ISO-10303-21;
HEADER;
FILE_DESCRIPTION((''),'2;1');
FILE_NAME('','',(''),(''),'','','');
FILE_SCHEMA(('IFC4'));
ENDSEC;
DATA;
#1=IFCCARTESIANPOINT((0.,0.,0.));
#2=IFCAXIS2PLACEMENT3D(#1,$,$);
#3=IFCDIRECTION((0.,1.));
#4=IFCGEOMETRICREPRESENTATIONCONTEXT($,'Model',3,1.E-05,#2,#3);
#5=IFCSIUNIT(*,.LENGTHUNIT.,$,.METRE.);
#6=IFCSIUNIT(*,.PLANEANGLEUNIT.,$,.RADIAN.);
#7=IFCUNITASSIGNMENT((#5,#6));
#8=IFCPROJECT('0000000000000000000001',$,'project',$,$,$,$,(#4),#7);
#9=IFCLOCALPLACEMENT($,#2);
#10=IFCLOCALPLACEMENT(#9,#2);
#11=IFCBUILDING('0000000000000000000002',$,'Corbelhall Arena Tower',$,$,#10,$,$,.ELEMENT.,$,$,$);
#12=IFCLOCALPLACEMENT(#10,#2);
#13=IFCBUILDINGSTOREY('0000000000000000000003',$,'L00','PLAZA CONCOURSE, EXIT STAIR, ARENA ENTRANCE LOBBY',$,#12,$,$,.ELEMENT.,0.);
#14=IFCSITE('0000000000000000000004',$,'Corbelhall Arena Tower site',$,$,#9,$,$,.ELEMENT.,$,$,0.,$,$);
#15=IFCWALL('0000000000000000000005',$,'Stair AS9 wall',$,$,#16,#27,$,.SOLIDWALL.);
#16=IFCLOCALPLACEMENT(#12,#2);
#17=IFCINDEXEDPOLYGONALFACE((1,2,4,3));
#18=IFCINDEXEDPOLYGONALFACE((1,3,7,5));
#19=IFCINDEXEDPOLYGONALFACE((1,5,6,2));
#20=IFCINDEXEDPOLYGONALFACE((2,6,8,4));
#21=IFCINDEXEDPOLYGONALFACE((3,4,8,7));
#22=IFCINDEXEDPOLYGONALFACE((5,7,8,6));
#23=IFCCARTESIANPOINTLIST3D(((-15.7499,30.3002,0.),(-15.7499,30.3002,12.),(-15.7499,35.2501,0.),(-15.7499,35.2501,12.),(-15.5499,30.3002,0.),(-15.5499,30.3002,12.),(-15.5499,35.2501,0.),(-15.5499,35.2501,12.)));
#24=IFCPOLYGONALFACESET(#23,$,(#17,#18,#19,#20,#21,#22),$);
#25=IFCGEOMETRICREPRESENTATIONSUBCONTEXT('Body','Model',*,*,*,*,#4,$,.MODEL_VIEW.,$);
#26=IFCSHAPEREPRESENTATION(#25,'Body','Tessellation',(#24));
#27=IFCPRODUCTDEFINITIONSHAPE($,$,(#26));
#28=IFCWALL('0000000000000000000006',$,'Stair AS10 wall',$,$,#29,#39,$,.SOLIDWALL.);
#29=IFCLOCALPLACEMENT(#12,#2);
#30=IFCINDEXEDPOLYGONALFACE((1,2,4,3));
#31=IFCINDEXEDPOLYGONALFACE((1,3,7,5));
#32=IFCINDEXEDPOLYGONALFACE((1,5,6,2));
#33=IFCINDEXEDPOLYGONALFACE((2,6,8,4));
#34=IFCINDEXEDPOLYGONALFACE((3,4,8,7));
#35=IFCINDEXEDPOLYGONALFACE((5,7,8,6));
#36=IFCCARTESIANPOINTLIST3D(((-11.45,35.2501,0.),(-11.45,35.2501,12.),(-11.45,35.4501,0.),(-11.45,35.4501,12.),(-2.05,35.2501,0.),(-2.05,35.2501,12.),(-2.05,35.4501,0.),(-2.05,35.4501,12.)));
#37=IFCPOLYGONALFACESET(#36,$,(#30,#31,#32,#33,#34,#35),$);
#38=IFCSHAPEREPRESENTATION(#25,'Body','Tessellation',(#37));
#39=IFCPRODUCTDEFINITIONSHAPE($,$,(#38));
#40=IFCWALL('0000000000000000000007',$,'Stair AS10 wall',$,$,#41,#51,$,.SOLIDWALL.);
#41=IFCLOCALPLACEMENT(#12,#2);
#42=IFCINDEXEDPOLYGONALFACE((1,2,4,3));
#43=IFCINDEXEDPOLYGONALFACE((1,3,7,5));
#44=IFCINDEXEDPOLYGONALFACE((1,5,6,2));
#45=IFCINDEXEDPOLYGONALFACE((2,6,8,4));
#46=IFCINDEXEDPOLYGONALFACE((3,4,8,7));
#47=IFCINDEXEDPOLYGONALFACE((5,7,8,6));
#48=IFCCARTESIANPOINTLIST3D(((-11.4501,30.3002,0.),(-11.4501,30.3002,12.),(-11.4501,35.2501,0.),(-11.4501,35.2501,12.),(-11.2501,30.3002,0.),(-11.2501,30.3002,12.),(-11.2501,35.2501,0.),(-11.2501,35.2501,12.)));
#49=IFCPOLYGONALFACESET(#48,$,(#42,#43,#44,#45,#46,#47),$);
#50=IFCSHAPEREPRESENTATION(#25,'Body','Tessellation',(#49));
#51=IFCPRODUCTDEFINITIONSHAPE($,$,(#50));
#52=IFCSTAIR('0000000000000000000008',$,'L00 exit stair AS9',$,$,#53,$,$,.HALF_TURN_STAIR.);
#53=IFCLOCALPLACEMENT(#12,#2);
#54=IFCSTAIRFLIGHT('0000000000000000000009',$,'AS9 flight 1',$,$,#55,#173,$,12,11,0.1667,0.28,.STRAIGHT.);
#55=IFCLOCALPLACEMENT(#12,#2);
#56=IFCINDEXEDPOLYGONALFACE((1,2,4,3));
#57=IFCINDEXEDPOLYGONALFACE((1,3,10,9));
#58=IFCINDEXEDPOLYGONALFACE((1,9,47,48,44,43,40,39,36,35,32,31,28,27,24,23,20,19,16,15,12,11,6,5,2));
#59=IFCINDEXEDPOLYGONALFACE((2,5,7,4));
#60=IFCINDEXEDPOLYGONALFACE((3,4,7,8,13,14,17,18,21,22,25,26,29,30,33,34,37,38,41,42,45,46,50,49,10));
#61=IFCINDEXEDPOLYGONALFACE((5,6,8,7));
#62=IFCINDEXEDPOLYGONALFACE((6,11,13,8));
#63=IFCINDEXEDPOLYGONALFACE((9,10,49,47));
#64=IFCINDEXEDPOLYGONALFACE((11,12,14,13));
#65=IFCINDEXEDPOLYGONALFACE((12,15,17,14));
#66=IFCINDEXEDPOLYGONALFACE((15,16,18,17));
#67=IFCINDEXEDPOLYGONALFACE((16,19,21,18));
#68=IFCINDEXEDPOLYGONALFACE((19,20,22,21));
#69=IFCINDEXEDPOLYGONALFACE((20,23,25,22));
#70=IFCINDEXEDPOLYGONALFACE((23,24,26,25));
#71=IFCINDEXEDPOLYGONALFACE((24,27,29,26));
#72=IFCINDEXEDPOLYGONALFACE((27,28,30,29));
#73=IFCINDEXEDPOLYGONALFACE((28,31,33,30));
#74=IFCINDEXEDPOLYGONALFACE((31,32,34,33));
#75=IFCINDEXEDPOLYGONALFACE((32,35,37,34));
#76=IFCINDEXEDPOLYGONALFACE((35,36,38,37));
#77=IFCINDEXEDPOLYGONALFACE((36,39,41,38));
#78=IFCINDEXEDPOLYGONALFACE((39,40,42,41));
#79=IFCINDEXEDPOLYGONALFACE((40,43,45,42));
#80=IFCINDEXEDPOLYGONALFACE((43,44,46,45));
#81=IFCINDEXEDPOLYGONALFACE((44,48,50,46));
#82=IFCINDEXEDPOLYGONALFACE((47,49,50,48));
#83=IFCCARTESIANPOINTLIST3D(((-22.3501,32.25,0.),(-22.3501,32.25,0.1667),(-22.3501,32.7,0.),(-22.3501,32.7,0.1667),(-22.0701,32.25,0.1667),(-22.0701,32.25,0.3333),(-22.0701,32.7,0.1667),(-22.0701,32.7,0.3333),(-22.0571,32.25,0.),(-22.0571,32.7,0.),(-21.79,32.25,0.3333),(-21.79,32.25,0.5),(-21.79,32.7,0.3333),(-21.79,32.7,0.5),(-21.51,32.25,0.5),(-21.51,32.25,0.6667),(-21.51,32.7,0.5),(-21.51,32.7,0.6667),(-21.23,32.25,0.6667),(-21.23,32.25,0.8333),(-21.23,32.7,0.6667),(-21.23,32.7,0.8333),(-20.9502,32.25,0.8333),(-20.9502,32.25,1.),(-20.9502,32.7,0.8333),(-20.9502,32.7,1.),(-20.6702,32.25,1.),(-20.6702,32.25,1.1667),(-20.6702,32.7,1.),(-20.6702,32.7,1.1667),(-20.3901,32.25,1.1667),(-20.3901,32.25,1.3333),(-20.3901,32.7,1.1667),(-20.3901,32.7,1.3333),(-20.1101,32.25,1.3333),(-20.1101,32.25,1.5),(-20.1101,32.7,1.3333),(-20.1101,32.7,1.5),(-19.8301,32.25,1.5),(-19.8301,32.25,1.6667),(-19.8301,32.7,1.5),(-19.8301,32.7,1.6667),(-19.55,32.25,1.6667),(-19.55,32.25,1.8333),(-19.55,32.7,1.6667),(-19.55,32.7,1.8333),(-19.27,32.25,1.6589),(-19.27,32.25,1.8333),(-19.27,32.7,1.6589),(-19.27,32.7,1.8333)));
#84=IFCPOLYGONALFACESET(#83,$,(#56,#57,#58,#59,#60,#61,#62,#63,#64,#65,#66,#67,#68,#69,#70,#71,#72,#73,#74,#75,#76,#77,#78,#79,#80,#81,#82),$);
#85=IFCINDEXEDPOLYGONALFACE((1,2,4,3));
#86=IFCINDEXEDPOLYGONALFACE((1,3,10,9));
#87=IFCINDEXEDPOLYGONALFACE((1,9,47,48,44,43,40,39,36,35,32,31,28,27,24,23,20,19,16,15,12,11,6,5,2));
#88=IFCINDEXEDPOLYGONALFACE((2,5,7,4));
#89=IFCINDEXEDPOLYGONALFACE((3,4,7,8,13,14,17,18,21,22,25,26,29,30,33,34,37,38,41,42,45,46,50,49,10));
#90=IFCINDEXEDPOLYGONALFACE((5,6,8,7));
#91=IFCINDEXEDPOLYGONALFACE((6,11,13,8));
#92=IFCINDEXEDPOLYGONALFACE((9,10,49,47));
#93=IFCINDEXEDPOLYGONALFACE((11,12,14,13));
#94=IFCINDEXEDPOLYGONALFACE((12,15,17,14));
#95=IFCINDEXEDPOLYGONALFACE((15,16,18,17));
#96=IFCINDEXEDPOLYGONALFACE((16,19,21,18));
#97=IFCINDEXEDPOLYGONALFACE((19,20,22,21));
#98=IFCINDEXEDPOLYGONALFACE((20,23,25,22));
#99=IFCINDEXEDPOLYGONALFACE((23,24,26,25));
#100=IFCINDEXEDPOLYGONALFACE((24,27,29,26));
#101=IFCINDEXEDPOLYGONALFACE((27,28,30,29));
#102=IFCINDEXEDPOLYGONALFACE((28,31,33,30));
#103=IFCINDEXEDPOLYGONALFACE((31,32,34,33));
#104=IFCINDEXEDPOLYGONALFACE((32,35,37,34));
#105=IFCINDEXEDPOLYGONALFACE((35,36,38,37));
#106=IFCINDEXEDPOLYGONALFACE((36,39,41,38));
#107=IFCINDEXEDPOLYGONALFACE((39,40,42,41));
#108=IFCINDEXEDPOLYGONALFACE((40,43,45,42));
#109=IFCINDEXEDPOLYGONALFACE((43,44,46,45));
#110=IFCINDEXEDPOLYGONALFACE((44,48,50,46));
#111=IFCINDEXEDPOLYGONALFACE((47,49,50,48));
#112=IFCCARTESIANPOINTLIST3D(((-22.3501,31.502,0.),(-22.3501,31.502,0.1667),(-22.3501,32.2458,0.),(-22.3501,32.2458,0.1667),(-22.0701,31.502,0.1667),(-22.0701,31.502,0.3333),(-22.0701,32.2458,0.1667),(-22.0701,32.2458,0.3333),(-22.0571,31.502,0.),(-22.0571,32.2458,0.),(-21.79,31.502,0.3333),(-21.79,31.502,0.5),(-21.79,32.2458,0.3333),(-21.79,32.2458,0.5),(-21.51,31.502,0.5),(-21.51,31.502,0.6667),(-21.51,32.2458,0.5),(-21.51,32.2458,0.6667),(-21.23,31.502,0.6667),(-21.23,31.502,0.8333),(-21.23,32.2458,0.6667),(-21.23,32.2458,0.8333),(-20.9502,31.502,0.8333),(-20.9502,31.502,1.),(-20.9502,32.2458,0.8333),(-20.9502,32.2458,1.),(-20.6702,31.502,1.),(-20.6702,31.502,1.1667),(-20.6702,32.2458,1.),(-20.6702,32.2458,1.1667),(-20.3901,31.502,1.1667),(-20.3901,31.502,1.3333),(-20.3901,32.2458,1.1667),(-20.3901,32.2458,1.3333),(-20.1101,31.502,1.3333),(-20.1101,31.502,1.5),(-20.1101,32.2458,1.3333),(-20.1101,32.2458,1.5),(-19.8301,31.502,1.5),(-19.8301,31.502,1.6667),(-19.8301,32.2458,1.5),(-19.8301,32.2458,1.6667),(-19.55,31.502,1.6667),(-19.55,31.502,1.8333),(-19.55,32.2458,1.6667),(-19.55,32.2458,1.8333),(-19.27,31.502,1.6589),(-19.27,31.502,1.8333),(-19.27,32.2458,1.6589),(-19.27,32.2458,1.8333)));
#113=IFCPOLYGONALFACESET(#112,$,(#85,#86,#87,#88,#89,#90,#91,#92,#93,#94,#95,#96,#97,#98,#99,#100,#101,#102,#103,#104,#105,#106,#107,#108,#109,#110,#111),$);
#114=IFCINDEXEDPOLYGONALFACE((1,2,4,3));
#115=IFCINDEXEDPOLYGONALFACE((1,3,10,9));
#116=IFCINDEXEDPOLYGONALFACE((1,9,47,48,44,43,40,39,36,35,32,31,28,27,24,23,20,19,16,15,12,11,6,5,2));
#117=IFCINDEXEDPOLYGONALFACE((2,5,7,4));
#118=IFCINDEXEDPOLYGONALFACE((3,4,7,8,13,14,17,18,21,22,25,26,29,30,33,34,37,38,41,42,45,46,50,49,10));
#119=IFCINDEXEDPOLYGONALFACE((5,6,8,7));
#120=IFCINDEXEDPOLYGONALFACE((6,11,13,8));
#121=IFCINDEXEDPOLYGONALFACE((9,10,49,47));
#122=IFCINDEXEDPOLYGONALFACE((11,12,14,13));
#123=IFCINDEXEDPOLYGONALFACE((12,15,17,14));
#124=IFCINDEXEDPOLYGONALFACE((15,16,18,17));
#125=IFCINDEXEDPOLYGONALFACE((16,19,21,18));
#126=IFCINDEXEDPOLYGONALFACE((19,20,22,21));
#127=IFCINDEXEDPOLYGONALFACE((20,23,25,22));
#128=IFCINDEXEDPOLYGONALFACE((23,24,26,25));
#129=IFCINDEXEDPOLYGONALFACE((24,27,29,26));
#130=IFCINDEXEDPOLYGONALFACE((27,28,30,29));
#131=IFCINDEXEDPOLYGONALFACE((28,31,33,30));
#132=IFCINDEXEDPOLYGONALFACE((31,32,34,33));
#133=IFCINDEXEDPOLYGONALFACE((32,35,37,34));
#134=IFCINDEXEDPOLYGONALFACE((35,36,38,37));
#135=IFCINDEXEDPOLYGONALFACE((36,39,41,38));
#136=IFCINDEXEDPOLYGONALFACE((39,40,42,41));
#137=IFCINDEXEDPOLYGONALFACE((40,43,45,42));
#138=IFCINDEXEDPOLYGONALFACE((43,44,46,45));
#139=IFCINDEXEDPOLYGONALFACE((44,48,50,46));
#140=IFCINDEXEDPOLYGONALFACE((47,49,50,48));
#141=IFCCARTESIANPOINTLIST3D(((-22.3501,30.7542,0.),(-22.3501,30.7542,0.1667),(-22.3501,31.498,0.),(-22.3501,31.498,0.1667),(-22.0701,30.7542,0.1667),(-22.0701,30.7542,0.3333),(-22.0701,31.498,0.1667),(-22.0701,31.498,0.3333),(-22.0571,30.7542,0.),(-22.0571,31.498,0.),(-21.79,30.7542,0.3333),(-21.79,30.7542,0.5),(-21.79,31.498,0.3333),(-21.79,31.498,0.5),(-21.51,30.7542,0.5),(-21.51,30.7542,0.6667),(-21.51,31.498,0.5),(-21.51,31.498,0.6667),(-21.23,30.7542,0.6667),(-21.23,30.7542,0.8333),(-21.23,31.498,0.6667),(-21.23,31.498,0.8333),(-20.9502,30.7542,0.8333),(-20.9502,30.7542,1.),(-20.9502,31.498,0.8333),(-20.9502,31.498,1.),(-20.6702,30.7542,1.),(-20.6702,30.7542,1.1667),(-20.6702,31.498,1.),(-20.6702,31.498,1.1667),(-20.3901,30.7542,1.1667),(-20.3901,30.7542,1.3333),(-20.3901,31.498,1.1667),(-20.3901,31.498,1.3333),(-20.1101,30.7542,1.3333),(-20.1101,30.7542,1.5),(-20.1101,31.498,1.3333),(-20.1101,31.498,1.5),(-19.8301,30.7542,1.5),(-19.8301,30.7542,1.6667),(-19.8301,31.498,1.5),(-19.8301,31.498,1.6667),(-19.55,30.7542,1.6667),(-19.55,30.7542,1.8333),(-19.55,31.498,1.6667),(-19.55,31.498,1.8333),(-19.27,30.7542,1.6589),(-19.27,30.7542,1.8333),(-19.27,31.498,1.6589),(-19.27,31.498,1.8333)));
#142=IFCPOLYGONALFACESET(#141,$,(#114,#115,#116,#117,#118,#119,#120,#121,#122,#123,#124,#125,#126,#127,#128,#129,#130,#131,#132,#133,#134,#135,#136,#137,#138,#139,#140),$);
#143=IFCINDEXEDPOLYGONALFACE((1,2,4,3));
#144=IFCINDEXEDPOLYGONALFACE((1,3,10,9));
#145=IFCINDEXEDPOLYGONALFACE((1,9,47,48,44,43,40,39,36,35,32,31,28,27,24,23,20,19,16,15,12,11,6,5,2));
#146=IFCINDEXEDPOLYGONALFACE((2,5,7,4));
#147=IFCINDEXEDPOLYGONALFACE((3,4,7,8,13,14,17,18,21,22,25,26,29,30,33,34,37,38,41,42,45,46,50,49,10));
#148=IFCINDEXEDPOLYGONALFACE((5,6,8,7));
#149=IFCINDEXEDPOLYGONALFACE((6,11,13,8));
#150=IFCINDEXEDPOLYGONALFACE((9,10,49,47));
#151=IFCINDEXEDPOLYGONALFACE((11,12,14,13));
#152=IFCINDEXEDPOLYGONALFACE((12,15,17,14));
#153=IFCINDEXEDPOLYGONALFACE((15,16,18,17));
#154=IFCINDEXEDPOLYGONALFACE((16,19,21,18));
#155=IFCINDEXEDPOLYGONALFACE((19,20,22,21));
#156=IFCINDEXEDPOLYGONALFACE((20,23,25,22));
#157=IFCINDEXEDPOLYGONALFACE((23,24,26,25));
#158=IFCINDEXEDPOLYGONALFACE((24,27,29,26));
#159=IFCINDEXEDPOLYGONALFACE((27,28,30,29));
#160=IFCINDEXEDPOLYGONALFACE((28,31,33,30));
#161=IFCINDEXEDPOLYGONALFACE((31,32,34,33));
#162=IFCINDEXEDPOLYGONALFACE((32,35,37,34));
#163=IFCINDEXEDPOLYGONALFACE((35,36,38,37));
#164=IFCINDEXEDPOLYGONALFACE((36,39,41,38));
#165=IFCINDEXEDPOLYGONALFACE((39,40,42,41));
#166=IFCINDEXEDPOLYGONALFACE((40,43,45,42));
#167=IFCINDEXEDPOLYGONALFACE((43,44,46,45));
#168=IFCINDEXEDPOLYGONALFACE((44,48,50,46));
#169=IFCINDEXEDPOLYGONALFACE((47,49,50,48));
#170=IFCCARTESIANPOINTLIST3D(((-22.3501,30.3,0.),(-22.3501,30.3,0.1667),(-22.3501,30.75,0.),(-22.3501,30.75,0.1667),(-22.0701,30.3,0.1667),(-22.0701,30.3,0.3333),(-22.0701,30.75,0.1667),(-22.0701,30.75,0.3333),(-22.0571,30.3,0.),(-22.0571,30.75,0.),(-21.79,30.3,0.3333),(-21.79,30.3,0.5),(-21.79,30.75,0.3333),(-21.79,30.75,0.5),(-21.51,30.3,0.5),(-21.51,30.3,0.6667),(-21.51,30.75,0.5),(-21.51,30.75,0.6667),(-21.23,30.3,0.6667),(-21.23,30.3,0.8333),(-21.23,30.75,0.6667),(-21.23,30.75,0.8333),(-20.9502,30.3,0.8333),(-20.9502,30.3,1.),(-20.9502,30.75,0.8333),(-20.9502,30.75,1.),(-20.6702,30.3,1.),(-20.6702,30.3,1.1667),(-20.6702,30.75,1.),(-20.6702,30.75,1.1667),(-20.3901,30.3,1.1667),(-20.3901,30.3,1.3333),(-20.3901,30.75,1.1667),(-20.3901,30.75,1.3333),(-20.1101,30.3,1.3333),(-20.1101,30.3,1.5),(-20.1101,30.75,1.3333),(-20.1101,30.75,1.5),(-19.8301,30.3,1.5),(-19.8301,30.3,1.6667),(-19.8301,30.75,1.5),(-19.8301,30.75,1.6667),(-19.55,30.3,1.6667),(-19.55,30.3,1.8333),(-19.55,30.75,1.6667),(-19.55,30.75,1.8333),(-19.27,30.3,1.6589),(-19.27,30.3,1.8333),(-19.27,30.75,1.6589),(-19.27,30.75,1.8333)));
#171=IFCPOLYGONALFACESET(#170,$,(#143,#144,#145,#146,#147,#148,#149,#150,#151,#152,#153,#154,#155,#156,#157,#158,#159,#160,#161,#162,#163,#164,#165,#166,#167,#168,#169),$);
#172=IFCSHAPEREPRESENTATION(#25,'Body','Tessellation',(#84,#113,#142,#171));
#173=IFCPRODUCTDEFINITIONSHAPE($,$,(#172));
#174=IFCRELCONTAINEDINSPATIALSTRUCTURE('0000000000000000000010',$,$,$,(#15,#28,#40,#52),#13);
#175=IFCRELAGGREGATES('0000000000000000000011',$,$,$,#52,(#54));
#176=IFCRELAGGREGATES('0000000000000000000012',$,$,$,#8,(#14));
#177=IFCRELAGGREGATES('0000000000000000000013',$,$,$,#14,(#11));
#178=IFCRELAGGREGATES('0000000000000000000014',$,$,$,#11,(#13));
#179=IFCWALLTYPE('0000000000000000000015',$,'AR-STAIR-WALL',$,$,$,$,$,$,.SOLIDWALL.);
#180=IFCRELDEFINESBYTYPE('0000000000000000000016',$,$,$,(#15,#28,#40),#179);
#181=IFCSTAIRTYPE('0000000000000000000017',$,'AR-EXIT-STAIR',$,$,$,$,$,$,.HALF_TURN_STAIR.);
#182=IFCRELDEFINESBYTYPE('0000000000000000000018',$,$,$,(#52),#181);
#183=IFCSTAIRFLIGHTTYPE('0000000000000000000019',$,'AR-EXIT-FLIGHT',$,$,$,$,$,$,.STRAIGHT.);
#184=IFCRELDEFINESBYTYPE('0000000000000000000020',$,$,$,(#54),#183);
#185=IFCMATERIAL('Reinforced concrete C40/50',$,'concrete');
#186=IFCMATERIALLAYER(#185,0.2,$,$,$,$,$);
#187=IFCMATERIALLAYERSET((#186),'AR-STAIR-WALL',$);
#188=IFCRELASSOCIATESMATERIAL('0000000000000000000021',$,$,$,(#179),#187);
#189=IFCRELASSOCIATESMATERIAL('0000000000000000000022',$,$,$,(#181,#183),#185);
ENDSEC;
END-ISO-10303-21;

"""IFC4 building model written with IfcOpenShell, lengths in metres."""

from ifc_helpers import new_model, si_unit, direction, frame, frame_2d, origin, place, context, subcontext, project, spatial, polyline, rectangle, outline, extrude, material, layer, layer_set, type_object, element, aggregate, save


model = new_model("IFC4")

# Units and contexts
model_context = context("Model", 3, precision=1e-05, world=origin(), true_north=direction((0.0, 1.0)))
body_context = subcontext(model_context, "Body", "Model", "MODEL_VIEW")
ifc_project = project(units=[si_unit("LENGTHUNIT", "METRE"), si_unit("PLANEANGLEUNIT", "RADIAN")], contexts=[model_context])

# Site, building, storey
site_placement = place(None, origin())
site = spatial("IfcSite", under=ifc_project, at=site_placement, Name="Corbelhall Arena Tower site", CompositionType="ELEMENT", RefElevation=0.0)
building_placement = place(site_placement, origin())
building = spatial("IfcBuilding", under=site, at=building_placement, Name="Corbelhall Arena Tower", CompositionType="ELEMENT")
storey_placement = place(building_placement, origin())
storey = spatial("IfcBuildingStorey", under=building, at=storey_placement, Name="L00", Description="PLAZA CONCOURSE, EXIT STAIR, ARENA ENTRANCE LOBBY", CompositionType="ELEMENT", Elevation=0.0)

# Shared definitions
ifc_material_1 = material(Name="Reinforced concrete C40/50", Category="concrete")
ifc_layer = layer(ifc_material_1, 0.2)
ifc_layer_set = layer_set([ifc_layer], Name="AR-STAIR-WALL")
wall_type = type_object("IfcWallType", Name="AR-STAIR-WALL", PredefinedType="SOLIDWALL", material=ifc_layer_set)

# Walls
wall_1_placement = place(storey_placement, frame((-15.6499, 30.3, 0.0), z_axis=(0.0, 0.0, 1.0), x_axis=(0.0, 1.0, 0.0)))
element("IfcWall", 1, at=wall_1_placement, inside=storey, type_object=wall_type, Name="Stair AS9 wall", PredefinedType="SOLIDWALL", context=body_context, shape_type="SweptSolid", body=[
    extrude(rectangle(XDim=4.95, YDim=0.2, at=frame_2d((2.4751, 0.0))), origin(), (0.0, 0.0, 1.0), 12.0),
])
wall_2_placement = place(storey_placement, frame((-11.45, 35.3501, 0.0), z_axis=(0.0, 0.0, 1.0), x_axis=(1.0, 0.0, 0.0)))
element("IfcWall", 2, at=wall_2_placement, inside=storey, type_object=wall_type, Name="Stair AS10 wall", PredefinedType="SOLIDWALL", context=body_context, shape_type="SweptSolid", body=[
    extrude(rectangle(XDim=9.3999, YDim=0.2, at=frame_2d((4.7, 0.0))), origin(), (0.0, 0.0, 1.0), 12.0),
])
wall_3_placement = place(storey_placement, frame((-11.3501, 30.3, 0.0), z_axis=(0.0, 0.0, 1.0), x_axis=(0.0, 1.0, 0.0)))
element("IfcWall", 3, at=wall_3_placement, inside=storey, type_object=wall_type, Name="Stair AS10 wall", PredefinedType="SOLIDWALL", context=body_context, shape_type="SweptSolid", body=[
    extrude(rectangle(XDim=4.95, YDim=0.2, at=frame_2d((2.4751, 0.0))), origin(), (0.0, 0.0, 1.0), 12.0),
])

# Stair, stair flight
stair_type = type_object("IfcStairType", Name="AR-EXIT-STAIR", PredefinedType="HALF_TURN_STAIR", material=ifc_material_1)
stair_placement = place(storey_placement, origin())
stair = element("IfcStair", 4, at=stair_placement, inside=storey, type_object=stair_type, Name="L00 exit stair AS9", PredefinedType="HALF_TURN_STAIR")
stair_flight_type = type_object("IfcStairFlightType", Name="AR-EXIT-FLIGHT", PredefinedType="STRAIGHT", material=ifc_material_1)
stair_flight_1_placement = place(storey_placement, frame((-22.3501, 31.5, 0.0), z_axis=(0.0, 0.0, 1.0), x_axis=(1.0, 0.0, 0.0)))
stair_flight_1 = element("IfcStairFlight", 5, at=stair_flight_1_placement, type_object=stair_flight_type, Name="AS9 flight 1", NumberOfRisers=12, NumberOfTreads=11, PredefinedType="STRAIGHT", RiserHeight=0.1667, TreadLength=0.28, context=body_context, shape_type="SweptSolid", body=[
    extrude(outline(polyline([(0.0, 0.0), (0.0, 0.1667), (0.28, 0.1667), (0.28, 0.3333), (0.5601, 0.3333), (0.5601, 0.5), (0.8401, 0.5), (0.8401, 0.6667), (1.1201, 0.6667), (1.1201, 0.8333), (1.3999, 0.8333), (1.3999, 1.0), (1.6799, 1.0), (1.6799, 1.1667), (1.96, 1.1667), (1.96, 1.3333), (2.24, 1.3333), (2.24, 1.5), (2.52, 1.5), (2.52, 1.6667), (2.8, 1.6667), (2.8, 1.8333), (3.0801, 1.8333), (3.0801, 2.0), (3.0801, 1.6589), (0.293, 0.0), (0.0, 0.0)])), frame((0.0, 1.2, 0.0), z_axis=(0.0, -1.0, 0.0), x_axis=(1.0, 0.0, 0.0)), (0.0, 0.0, 1.0), 0.45),
    extrude(outline(polyline([(0.0, 0.0), (0.0, 0.1667), (0.28, 0.1667), (0.28, 0.3333), (0.5601, 0.3333), (0.5601, 0.5), (0.8401, 0.5), (0.8401, 0.6667), (1.1201, 0.6667), (1.1201, 0.8333), (1.3999, 0.8333), (1.3999, 1.0), (1.6799, 1.0), (1.6799, 1.1667), (1.96, 1.1667), (1.96, 1.3333), (2.24, 1.3333), (2.24, 1.5), (2.52, 1.5), (2.52, 1.6667), (2.8, 1.6667), (2.8, 1.8333), (3.0801, 1.8333), (3.0801, 2.0), (3.0801, 1.6589), (0.293, 0.0), (0.0, 0.0)])), frame((0.0, 0.7458, 0.0), z_axis=(0.0, -1.0, 0.0), x_axis=(1.0, 0.0, 0.0)), (0.0, 0.0, 1.0), 0.7439),
    extrude(outline(polyline([(0.0, 0.0), (0.0, 0.1667), (0.28, 0.1667), (0.28, 0.3333), (0.5601, 0.3333), (0.5601, 0.5), (0.8401, 0.5), (0.8401, 0.6667), (1.1201, 0.6667), (1.1201, 0.8333), (1.3999, 0.8333), (1.3999, 1.0), (1.6799, 1.0), (1.6799, 1.1667), (1.96, 1.1667), (1.96, 1.3333), (2.24, 1.3333), (2.24, 1.5), (2.52, 1.5), (2.52, 1.6667), (2.8, 1.6667), (2.8, 1.8333), (3.0801, 1.8333), (3.0801, 2.0), (3.0801, 1.6589), (0.293, 0.0), (0.0, 0.0)])), frame((0.0, -0.002, 0.0), z_axis=(0.0, -1.0, 0.0), x_axis=(1.0, 0.0, 0.0)), (0.0, 0.0, 1.0), 0.7439),
    extrude(outline(polyline([(0.0, 0.0), (0.0, 0.1667), (0.28, 0.1667), (0.28, 0.3333), (0.5601, 0.3333), (0.5601, 0.5), (0.8401, 0.5), (0.8401, 0.6667), (1.1201, 0.6667), (1.1201, 0.8333), (1.3999, 0.8333), (1.3999, 1.0), (1.6799, 1.0), (1.6799, 1.1667), (1.96, 1.1667), (1.96, 1.3333), (2.24, 1.3333), (2.24, 1.5), (2.52, 1.5), (2.52, 1.6667), (2.8, 1.6667), (2.8, 1.8333), (3.0801, 1.8333), (3.0801, 2.0), (3.0801, 1.6589), (0.293, 0.0), (0.0, 0.0)])), frame((0.0, -0.75, 0.0), z_axis=(0.0, -1.0, 0.0), x_axis=(1.0, 0.0, 0.0)), (0.0, 0.0, 1.0), 0.45),
])
aggregate(stair, [stair_flight_1])

save(model, "model.ifc")
